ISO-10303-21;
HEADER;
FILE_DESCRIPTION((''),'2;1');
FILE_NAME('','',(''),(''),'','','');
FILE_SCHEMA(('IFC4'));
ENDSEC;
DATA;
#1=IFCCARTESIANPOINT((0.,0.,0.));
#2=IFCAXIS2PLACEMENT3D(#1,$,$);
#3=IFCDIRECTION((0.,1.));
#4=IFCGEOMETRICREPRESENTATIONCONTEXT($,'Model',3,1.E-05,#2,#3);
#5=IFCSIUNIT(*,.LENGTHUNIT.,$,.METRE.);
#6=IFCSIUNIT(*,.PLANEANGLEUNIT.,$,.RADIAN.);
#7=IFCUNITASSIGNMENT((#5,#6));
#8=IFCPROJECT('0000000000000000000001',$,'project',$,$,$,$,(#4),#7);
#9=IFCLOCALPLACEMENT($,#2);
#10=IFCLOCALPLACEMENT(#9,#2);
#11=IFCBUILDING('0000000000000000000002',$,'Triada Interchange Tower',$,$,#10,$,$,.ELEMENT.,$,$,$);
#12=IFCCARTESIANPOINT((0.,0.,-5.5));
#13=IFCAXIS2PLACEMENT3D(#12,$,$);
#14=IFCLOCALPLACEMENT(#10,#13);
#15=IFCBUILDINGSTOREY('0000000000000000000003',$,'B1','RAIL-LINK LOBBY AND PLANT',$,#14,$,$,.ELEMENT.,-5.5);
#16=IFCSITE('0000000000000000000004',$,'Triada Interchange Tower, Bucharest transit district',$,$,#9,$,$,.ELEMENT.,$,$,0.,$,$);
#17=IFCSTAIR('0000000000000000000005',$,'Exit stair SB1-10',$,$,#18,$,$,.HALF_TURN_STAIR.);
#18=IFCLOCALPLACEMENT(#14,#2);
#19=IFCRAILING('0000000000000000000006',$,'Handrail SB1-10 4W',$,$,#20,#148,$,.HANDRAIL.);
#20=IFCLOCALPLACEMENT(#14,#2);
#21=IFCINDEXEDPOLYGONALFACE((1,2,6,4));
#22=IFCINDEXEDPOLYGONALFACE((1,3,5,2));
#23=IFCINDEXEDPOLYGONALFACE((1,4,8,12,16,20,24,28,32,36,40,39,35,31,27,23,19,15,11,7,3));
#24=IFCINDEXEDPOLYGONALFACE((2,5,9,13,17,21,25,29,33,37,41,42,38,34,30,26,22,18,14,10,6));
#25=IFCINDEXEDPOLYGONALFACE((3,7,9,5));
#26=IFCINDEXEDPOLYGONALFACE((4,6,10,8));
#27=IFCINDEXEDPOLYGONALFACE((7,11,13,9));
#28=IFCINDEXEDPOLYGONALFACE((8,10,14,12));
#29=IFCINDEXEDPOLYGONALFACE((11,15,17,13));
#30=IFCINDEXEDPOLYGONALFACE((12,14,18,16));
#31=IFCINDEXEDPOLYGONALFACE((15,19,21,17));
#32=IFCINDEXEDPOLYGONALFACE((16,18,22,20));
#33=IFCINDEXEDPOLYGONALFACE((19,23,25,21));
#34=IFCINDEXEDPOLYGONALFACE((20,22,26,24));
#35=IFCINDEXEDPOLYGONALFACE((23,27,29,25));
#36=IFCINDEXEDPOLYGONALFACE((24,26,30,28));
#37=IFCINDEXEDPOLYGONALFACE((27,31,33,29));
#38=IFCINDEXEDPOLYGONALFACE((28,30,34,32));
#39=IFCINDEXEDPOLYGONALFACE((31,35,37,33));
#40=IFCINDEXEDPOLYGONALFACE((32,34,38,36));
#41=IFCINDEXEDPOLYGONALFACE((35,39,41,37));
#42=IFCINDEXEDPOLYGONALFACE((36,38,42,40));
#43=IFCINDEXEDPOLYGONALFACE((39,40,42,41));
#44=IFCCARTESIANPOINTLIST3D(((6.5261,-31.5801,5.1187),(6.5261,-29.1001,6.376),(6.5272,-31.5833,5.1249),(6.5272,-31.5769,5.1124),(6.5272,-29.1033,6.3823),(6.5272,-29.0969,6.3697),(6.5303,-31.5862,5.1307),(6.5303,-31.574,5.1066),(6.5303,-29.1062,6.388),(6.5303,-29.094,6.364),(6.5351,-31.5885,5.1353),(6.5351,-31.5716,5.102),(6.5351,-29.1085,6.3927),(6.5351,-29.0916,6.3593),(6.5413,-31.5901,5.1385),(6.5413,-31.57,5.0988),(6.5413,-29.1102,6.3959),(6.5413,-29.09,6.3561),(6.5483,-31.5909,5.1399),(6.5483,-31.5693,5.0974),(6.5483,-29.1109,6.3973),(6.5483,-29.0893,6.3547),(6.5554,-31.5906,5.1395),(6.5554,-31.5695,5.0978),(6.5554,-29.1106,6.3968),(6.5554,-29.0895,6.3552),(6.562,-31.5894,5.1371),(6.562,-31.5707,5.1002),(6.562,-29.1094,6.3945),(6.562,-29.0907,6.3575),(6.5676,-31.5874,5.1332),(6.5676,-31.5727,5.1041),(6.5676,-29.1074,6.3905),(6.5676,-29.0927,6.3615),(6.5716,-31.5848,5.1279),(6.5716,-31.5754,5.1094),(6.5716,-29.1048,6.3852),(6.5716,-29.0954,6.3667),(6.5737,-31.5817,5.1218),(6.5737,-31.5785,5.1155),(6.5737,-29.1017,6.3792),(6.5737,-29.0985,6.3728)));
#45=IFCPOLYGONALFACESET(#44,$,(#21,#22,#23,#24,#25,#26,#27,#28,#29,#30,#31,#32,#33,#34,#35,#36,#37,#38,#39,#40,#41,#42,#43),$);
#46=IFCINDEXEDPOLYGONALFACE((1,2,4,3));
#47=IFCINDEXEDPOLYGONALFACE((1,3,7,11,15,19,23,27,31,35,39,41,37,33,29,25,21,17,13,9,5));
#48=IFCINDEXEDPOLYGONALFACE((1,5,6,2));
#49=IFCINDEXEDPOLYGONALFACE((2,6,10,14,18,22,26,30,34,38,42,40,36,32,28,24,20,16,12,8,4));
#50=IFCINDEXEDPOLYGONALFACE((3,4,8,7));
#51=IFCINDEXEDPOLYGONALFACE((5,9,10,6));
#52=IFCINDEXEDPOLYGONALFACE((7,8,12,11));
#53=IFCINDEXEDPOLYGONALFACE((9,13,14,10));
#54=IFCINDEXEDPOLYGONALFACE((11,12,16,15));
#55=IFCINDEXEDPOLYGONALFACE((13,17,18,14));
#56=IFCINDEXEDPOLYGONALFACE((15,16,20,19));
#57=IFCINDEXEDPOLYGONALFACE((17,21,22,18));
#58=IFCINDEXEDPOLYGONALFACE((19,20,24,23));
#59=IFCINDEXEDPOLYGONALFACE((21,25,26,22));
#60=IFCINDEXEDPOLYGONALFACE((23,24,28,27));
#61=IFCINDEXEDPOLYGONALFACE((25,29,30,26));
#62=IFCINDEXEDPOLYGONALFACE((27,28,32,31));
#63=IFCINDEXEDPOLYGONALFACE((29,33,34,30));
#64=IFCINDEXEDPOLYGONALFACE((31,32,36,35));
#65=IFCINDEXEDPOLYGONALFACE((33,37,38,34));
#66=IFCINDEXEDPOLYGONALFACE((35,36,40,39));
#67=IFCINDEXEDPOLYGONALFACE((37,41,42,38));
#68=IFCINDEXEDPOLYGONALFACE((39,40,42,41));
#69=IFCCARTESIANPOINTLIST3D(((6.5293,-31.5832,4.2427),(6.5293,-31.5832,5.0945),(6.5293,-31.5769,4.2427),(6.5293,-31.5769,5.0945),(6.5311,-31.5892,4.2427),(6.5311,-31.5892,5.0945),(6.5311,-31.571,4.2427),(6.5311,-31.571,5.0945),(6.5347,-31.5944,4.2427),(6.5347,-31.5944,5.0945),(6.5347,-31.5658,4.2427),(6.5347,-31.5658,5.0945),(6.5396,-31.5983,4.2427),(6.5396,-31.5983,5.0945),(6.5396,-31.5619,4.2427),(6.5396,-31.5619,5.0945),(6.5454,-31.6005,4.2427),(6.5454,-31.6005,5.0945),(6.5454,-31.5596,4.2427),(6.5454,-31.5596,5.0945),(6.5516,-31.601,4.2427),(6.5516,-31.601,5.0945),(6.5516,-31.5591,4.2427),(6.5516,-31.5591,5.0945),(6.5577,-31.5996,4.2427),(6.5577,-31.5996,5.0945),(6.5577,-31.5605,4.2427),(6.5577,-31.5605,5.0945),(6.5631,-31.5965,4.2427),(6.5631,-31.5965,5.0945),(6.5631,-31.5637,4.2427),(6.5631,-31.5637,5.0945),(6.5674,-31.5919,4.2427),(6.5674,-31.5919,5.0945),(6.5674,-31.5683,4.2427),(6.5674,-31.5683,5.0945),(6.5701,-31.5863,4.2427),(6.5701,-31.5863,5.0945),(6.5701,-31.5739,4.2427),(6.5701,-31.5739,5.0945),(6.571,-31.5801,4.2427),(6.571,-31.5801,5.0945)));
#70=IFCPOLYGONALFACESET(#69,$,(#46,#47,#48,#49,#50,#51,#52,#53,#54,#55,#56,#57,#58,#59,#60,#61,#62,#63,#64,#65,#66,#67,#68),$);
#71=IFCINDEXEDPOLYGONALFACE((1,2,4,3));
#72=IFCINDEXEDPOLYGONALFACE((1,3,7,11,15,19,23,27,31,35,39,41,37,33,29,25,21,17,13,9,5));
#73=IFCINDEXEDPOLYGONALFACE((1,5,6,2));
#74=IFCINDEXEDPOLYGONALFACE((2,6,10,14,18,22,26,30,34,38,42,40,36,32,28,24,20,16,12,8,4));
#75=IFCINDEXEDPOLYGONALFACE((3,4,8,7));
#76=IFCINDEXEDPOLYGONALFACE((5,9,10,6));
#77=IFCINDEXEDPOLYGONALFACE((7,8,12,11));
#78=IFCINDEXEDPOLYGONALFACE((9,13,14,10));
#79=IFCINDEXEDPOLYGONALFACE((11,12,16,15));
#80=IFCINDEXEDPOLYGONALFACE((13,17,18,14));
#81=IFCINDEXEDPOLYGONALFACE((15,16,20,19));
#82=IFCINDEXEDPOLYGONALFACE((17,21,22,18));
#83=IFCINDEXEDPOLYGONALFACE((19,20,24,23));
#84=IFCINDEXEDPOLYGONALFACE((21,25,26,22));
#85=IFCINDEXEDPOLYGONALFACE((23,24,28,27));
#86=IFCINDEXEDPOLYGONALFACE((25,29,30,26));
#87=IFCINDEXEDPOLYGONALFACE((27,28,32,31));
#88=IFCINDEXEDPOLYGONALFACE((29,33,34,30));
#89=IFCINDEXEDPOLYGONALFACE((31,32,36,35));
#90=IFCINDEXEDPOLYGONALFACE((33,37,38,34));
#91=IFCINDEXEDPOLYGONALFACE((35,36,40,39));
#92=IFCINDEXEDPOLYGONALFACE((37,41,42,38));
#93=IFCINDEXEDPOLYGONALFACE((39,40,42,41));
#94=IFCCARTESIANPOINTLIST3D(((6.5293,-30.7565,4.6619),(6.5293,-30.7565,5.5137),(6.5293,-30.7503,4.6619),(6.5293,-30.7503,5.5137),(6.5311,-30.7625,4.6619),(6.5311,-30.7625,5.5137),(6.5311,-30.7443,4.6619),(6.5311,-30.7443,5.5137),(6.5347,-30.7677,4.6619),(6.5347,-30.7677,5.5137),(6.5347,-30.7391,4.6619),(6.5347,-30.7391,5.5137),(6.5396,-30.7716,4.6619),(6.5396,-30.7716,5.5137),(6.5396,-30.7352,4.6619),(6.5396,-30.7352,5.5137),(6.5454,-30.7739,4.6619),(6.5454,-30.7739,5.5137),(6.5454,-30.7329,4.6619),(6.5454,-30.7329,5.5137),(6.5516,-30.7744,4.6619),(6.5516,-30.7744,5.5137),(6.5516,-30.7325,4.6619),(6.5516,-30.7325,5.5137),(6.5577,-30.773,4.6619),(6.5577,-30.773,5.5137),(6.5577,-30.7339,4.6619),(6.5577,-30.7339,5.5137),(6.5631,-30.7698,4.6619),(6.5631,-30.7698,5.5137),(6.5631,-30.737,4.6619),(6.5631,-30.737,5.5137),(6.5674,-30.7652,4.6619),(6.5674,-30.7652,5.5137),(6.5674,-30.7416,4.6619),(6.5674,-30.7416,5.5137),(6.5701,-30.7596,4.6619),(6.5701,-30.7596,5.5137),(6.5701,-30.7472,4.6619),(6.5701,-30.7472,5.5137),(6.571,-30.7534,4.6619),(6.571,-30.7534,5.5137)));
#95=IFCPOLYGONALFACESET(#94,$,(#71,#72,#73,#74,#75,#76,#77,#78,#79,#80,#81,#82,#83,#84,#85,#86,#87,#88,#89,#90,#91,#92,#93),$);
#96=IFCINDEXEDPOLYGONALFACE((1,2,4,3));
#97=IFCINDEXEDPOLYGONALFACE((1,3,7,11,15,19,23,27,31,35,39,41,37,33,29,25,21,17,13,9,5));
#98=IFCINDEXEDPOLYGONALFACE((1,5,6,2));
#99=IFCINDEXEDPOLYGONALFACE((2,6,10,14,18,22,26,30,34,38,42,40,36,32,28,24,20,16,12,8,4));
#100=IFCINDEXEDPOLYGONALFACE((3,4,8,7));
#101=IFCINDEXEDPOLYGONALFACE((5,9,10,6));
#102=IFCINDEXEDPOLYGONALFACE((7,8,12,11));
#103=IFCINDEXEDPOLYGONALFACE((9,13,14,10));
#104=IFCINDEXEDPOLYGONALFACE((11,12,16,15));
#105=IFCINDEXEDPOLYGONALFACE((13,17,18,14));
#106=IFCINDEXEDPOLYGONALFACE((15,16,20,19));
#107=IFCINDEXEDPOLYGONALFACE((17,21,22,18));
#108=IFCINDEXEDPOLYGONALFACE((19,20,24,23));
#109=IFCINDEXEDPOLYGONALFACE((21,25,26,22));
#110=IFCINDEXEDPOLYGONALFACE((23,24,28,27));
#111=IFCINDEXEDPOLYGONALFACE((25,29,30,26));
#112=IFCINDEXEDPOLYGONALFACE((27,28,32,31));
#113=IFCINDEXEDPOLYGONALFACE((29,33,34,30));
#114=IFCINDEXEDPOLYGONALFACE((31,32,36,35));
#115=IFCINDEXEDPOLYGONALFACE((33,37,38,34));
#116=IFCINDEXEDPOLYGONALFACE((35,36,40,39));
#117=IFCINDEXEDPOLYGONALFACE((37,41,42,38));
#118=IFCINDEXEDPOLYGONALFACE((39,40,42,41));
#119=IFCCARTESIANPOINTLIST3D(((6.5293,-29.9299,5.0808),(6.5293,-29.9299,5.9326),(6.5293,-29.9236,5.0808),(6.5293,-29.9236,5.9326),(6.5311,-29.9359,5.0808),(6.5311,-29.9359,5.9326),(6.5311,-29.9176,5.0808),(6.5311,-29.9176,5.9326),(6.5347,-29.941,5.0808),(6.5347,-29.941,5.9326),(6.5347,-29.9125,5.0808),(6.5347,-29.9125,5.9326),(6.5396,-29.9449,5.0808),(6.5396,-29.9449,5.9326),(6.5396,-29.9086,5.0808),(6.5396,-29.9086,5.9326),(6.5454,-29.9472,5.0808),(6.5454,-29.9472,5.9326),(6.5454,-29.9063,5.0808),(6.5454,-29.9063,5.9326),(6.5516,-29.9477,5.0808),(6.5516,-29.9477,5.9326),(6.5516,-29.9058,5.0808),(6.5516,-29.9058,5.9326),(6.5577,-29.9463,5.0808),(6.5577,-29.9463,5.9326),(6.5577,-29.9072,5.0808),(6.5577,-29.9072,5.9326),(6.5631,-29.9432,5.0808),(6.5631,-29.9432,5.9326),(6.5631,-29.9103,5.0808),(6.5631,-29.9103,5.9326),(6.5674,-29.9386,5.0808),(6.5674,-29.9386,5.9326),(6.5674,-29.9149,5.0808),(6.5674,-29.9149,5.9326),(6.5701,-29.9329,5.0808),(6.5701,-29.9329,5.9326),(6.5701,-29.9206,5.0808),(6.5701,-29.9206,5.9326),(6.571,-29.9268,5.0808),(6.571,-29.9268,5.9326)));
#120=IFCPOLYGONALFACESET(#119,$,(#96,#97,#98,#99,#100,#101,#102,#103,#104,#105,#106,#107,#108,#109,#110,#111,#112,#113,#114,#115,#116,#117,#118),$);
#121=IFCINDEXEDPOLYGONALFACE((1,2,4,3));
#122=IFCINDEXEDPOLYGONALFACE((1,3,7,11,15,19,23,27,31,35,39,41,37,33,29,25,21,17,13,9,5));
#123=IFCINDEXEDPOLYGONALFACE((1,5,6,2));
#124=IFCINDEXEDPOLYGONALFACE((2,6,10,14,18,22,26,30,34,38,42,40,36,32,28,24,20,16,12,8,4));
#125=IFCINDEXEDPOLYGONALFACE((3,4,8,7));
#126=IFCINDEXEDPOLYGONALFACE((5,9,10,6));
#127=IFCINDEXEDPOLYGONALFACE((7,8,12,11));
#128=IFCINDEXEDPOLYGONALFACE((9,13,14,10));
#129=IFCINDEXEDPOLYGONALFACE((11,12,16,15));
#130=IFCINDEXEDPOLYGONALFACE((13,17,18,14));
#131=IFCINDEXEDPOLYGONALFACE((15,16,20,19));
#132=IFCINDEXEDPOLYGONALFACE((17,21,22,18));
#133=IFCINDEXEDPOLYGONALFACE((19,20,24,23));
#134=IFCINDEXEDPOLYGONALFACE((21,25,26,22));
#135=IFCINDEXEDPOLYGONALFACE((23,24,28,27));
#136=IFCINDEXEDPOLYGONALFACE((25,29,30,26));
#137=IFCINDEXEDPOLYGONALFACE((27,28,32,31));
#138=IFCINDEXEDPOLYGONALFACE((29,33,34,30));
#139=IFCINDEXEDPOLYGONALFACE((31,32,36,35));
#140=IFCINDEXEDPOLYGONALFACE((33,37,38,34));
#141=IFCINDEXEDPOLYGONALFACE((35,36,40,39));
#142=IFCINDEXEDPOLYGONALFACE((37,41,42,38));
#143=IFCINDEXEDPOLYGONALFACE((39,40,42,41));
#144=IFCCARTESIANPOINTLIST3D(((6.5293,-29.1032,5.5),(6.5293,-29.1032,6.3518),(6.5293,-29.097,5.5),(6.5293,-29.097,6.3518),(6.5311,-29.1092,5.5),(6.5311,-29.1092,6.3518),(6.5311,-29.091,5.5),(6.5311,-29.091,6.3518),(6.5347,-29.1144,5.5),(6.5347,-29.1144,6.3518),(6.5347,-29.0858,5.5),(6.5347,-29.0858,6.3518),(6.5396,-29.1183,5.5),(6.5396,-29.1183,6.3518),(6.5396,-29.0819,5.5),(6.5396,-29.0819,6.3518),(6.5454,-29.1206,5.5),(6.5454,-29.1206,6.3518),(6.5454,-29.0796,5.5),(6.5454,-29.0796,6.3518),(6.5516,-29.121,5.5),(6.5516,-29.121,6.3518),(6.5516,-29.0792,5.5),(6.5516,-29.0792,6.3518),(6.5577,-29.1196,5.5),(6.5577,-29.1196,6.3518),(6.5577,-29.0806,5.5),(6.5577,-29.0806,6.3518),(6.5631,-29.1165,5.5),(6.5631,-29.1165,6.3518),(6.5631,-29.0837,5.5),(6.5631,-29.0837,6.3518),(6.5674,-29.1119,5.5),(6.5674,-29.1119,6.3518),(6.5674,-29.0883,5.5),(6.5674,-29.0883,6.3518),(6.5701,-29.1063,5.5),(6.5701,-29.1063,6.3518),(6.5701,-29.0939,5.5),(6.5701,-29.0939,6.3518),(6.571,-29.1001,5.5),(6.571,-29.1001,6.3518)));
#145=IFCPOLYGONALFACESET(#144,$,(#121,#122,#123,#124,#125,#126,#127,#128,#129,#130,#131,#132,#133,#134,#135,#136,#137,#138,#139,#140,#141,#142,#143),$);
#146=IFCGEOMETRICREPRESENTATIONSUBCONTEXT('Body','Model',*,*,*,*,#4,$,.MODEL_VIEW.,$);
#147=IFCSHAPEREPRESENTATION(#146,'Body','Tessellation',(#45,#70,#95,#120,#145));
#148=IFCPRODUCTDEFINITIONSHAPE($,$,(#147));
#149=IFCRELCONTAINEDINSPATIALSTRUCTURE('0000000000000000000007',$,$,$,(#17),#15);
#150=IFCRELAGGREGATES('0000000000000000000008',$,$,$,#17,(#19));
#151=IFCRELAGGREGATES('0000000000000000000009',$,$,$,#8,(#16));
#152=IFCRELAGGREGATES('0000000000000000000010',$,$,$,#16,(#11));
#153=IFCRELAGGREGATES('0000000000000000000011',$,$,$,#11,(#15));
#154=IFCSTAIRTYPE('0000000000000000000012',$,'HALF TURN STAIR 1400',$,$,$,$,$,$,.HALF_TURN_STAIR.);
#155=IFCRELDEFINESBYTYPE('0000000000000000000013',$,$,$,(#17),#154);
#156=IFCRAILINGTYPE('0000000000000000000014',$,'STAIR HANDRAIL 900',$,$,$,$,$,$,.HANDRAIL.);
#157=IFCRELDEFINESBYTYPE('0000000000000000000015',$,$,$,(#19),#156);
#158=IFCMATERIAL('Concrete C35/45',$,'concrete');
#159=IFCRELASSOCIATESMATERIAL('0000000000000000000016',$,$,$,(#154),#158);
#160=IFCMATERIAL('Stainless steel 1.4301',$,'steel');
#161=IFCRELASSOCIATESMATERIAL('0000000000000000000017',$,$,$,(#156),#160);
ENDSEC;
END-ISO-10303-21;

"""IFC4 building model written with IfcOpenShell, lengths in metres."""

from ifc_helpers import new_model, si_unit, direction, frame, origin, origin_2d, place, context, subcontext, project, spatial, circle, extrude, material, type_object, element, aggregate, save


model = new_model("IFC4")

# Units and contexts
model_context = context("Model", 3, precision=1e-05, world=origin(), true_north=direction((0.0, 1.0)))
body_context = subcontext(model_context, "Body", "Model", "MODEL_VIEW")
ifc_project = project(units=[si_unit("LENGTHUNIT", "METRE"), si_unit("PLANEANGLEUNIT", "RADIAN")], contexts=[model_context])

# Site, building, storey
site_placement = place(None, origin())
site = spatial("IfcSite", under=ifc_project, at=site_placement, Name="Triada Interchange Tower, Bucharest transit district", CompositionType="ELEMENT", RefElevation=0.0)
building_placement = place(site_placement, origin())
building = spatial("IfcBuilding", under=site, at=building_placement, Name="Triada Interchange Tower", CompositionType="ELEMENT")
storey_placement = place(building_placement, frame((0.0, 0.0, -5.5)))
storey = spatial("IfcBuildingStorey", under=building, at=storey_placement, Name="B1", Description="RAIL-LINK LOBBY AND PLANT", CompositionType="ELEMENT", Elevation=-5.5)

# Shared definitions
ifc_material_1 = material(Name="Concrete C35/45", Category="concrete")

# Stair
stair_type = type_object("IfcStairType", Name="HALF TURN STAIR 1400", PredefinedType="HALF_TURN_STAIR", material=ifc_material_1)
stair_1_placement = place(storey_placement, origin())
stair_1 = element("IfcStair", 1, at=stair_1_placement, inside=storey, type_object=stair_type, Name="Exit stair SB1-10", PredefinedType="HALF_TURN_STAIR")

# Railing
ifc_material_2 = material(Name="Stainless steel 1.4301", Category="steel")
railing_type_1 = type_object("IfcRailingType", Name="STAIR HANDRAIL 900", PredefinedType="HANDRAIL", material=ifc_material_2)
railing_1_placement = place(storey_placement, frame((6.55, -31.5801, 4.2427)))
railing_1 = element("IfcRailing", 2, at=railing_1_placement, type_object=railing_type_1, Name="Handrail SB1-10 4W", PredefinedType="HANDRAIL", context=body_context, shape_type="SweptSolid", body=[
    extrude(circle(Radius=0.0239, at=origin_2d()), frame((0.0, 0.0, 0.876), z_axis=(0.0, 0.89192, 0.452194), x_axis=(-1.0, 0.0, 0.0)), (0.0, 0.0, 1.0), 2.7805),
    extrude(circle(Radius=0.021, at=origin_2d()), origin(), (0.0, 0.0, 1.0), 0.8518),
    extrude(circle(Radius=0.021, at=origin_2d()), frame((0.0, 0.8267, 0.4192)), (0.0, 0.0, 1.0), 0.8518),
    extrude(circle(Radius=0.021, at=origin_2d()), frame((0.0, 1.6533, 0.8381)), (0.0, 0.0, 1.0), 0.8518),
    extrude(circle(Radius=0.021, at=origin_2d()), frame((0.0, 2.48, 1.2573)), (0.0, 0.0, 1.0), 0.8518),
])
aggregate(stair_1, [railing_1])

save(model, "model.ifc")
